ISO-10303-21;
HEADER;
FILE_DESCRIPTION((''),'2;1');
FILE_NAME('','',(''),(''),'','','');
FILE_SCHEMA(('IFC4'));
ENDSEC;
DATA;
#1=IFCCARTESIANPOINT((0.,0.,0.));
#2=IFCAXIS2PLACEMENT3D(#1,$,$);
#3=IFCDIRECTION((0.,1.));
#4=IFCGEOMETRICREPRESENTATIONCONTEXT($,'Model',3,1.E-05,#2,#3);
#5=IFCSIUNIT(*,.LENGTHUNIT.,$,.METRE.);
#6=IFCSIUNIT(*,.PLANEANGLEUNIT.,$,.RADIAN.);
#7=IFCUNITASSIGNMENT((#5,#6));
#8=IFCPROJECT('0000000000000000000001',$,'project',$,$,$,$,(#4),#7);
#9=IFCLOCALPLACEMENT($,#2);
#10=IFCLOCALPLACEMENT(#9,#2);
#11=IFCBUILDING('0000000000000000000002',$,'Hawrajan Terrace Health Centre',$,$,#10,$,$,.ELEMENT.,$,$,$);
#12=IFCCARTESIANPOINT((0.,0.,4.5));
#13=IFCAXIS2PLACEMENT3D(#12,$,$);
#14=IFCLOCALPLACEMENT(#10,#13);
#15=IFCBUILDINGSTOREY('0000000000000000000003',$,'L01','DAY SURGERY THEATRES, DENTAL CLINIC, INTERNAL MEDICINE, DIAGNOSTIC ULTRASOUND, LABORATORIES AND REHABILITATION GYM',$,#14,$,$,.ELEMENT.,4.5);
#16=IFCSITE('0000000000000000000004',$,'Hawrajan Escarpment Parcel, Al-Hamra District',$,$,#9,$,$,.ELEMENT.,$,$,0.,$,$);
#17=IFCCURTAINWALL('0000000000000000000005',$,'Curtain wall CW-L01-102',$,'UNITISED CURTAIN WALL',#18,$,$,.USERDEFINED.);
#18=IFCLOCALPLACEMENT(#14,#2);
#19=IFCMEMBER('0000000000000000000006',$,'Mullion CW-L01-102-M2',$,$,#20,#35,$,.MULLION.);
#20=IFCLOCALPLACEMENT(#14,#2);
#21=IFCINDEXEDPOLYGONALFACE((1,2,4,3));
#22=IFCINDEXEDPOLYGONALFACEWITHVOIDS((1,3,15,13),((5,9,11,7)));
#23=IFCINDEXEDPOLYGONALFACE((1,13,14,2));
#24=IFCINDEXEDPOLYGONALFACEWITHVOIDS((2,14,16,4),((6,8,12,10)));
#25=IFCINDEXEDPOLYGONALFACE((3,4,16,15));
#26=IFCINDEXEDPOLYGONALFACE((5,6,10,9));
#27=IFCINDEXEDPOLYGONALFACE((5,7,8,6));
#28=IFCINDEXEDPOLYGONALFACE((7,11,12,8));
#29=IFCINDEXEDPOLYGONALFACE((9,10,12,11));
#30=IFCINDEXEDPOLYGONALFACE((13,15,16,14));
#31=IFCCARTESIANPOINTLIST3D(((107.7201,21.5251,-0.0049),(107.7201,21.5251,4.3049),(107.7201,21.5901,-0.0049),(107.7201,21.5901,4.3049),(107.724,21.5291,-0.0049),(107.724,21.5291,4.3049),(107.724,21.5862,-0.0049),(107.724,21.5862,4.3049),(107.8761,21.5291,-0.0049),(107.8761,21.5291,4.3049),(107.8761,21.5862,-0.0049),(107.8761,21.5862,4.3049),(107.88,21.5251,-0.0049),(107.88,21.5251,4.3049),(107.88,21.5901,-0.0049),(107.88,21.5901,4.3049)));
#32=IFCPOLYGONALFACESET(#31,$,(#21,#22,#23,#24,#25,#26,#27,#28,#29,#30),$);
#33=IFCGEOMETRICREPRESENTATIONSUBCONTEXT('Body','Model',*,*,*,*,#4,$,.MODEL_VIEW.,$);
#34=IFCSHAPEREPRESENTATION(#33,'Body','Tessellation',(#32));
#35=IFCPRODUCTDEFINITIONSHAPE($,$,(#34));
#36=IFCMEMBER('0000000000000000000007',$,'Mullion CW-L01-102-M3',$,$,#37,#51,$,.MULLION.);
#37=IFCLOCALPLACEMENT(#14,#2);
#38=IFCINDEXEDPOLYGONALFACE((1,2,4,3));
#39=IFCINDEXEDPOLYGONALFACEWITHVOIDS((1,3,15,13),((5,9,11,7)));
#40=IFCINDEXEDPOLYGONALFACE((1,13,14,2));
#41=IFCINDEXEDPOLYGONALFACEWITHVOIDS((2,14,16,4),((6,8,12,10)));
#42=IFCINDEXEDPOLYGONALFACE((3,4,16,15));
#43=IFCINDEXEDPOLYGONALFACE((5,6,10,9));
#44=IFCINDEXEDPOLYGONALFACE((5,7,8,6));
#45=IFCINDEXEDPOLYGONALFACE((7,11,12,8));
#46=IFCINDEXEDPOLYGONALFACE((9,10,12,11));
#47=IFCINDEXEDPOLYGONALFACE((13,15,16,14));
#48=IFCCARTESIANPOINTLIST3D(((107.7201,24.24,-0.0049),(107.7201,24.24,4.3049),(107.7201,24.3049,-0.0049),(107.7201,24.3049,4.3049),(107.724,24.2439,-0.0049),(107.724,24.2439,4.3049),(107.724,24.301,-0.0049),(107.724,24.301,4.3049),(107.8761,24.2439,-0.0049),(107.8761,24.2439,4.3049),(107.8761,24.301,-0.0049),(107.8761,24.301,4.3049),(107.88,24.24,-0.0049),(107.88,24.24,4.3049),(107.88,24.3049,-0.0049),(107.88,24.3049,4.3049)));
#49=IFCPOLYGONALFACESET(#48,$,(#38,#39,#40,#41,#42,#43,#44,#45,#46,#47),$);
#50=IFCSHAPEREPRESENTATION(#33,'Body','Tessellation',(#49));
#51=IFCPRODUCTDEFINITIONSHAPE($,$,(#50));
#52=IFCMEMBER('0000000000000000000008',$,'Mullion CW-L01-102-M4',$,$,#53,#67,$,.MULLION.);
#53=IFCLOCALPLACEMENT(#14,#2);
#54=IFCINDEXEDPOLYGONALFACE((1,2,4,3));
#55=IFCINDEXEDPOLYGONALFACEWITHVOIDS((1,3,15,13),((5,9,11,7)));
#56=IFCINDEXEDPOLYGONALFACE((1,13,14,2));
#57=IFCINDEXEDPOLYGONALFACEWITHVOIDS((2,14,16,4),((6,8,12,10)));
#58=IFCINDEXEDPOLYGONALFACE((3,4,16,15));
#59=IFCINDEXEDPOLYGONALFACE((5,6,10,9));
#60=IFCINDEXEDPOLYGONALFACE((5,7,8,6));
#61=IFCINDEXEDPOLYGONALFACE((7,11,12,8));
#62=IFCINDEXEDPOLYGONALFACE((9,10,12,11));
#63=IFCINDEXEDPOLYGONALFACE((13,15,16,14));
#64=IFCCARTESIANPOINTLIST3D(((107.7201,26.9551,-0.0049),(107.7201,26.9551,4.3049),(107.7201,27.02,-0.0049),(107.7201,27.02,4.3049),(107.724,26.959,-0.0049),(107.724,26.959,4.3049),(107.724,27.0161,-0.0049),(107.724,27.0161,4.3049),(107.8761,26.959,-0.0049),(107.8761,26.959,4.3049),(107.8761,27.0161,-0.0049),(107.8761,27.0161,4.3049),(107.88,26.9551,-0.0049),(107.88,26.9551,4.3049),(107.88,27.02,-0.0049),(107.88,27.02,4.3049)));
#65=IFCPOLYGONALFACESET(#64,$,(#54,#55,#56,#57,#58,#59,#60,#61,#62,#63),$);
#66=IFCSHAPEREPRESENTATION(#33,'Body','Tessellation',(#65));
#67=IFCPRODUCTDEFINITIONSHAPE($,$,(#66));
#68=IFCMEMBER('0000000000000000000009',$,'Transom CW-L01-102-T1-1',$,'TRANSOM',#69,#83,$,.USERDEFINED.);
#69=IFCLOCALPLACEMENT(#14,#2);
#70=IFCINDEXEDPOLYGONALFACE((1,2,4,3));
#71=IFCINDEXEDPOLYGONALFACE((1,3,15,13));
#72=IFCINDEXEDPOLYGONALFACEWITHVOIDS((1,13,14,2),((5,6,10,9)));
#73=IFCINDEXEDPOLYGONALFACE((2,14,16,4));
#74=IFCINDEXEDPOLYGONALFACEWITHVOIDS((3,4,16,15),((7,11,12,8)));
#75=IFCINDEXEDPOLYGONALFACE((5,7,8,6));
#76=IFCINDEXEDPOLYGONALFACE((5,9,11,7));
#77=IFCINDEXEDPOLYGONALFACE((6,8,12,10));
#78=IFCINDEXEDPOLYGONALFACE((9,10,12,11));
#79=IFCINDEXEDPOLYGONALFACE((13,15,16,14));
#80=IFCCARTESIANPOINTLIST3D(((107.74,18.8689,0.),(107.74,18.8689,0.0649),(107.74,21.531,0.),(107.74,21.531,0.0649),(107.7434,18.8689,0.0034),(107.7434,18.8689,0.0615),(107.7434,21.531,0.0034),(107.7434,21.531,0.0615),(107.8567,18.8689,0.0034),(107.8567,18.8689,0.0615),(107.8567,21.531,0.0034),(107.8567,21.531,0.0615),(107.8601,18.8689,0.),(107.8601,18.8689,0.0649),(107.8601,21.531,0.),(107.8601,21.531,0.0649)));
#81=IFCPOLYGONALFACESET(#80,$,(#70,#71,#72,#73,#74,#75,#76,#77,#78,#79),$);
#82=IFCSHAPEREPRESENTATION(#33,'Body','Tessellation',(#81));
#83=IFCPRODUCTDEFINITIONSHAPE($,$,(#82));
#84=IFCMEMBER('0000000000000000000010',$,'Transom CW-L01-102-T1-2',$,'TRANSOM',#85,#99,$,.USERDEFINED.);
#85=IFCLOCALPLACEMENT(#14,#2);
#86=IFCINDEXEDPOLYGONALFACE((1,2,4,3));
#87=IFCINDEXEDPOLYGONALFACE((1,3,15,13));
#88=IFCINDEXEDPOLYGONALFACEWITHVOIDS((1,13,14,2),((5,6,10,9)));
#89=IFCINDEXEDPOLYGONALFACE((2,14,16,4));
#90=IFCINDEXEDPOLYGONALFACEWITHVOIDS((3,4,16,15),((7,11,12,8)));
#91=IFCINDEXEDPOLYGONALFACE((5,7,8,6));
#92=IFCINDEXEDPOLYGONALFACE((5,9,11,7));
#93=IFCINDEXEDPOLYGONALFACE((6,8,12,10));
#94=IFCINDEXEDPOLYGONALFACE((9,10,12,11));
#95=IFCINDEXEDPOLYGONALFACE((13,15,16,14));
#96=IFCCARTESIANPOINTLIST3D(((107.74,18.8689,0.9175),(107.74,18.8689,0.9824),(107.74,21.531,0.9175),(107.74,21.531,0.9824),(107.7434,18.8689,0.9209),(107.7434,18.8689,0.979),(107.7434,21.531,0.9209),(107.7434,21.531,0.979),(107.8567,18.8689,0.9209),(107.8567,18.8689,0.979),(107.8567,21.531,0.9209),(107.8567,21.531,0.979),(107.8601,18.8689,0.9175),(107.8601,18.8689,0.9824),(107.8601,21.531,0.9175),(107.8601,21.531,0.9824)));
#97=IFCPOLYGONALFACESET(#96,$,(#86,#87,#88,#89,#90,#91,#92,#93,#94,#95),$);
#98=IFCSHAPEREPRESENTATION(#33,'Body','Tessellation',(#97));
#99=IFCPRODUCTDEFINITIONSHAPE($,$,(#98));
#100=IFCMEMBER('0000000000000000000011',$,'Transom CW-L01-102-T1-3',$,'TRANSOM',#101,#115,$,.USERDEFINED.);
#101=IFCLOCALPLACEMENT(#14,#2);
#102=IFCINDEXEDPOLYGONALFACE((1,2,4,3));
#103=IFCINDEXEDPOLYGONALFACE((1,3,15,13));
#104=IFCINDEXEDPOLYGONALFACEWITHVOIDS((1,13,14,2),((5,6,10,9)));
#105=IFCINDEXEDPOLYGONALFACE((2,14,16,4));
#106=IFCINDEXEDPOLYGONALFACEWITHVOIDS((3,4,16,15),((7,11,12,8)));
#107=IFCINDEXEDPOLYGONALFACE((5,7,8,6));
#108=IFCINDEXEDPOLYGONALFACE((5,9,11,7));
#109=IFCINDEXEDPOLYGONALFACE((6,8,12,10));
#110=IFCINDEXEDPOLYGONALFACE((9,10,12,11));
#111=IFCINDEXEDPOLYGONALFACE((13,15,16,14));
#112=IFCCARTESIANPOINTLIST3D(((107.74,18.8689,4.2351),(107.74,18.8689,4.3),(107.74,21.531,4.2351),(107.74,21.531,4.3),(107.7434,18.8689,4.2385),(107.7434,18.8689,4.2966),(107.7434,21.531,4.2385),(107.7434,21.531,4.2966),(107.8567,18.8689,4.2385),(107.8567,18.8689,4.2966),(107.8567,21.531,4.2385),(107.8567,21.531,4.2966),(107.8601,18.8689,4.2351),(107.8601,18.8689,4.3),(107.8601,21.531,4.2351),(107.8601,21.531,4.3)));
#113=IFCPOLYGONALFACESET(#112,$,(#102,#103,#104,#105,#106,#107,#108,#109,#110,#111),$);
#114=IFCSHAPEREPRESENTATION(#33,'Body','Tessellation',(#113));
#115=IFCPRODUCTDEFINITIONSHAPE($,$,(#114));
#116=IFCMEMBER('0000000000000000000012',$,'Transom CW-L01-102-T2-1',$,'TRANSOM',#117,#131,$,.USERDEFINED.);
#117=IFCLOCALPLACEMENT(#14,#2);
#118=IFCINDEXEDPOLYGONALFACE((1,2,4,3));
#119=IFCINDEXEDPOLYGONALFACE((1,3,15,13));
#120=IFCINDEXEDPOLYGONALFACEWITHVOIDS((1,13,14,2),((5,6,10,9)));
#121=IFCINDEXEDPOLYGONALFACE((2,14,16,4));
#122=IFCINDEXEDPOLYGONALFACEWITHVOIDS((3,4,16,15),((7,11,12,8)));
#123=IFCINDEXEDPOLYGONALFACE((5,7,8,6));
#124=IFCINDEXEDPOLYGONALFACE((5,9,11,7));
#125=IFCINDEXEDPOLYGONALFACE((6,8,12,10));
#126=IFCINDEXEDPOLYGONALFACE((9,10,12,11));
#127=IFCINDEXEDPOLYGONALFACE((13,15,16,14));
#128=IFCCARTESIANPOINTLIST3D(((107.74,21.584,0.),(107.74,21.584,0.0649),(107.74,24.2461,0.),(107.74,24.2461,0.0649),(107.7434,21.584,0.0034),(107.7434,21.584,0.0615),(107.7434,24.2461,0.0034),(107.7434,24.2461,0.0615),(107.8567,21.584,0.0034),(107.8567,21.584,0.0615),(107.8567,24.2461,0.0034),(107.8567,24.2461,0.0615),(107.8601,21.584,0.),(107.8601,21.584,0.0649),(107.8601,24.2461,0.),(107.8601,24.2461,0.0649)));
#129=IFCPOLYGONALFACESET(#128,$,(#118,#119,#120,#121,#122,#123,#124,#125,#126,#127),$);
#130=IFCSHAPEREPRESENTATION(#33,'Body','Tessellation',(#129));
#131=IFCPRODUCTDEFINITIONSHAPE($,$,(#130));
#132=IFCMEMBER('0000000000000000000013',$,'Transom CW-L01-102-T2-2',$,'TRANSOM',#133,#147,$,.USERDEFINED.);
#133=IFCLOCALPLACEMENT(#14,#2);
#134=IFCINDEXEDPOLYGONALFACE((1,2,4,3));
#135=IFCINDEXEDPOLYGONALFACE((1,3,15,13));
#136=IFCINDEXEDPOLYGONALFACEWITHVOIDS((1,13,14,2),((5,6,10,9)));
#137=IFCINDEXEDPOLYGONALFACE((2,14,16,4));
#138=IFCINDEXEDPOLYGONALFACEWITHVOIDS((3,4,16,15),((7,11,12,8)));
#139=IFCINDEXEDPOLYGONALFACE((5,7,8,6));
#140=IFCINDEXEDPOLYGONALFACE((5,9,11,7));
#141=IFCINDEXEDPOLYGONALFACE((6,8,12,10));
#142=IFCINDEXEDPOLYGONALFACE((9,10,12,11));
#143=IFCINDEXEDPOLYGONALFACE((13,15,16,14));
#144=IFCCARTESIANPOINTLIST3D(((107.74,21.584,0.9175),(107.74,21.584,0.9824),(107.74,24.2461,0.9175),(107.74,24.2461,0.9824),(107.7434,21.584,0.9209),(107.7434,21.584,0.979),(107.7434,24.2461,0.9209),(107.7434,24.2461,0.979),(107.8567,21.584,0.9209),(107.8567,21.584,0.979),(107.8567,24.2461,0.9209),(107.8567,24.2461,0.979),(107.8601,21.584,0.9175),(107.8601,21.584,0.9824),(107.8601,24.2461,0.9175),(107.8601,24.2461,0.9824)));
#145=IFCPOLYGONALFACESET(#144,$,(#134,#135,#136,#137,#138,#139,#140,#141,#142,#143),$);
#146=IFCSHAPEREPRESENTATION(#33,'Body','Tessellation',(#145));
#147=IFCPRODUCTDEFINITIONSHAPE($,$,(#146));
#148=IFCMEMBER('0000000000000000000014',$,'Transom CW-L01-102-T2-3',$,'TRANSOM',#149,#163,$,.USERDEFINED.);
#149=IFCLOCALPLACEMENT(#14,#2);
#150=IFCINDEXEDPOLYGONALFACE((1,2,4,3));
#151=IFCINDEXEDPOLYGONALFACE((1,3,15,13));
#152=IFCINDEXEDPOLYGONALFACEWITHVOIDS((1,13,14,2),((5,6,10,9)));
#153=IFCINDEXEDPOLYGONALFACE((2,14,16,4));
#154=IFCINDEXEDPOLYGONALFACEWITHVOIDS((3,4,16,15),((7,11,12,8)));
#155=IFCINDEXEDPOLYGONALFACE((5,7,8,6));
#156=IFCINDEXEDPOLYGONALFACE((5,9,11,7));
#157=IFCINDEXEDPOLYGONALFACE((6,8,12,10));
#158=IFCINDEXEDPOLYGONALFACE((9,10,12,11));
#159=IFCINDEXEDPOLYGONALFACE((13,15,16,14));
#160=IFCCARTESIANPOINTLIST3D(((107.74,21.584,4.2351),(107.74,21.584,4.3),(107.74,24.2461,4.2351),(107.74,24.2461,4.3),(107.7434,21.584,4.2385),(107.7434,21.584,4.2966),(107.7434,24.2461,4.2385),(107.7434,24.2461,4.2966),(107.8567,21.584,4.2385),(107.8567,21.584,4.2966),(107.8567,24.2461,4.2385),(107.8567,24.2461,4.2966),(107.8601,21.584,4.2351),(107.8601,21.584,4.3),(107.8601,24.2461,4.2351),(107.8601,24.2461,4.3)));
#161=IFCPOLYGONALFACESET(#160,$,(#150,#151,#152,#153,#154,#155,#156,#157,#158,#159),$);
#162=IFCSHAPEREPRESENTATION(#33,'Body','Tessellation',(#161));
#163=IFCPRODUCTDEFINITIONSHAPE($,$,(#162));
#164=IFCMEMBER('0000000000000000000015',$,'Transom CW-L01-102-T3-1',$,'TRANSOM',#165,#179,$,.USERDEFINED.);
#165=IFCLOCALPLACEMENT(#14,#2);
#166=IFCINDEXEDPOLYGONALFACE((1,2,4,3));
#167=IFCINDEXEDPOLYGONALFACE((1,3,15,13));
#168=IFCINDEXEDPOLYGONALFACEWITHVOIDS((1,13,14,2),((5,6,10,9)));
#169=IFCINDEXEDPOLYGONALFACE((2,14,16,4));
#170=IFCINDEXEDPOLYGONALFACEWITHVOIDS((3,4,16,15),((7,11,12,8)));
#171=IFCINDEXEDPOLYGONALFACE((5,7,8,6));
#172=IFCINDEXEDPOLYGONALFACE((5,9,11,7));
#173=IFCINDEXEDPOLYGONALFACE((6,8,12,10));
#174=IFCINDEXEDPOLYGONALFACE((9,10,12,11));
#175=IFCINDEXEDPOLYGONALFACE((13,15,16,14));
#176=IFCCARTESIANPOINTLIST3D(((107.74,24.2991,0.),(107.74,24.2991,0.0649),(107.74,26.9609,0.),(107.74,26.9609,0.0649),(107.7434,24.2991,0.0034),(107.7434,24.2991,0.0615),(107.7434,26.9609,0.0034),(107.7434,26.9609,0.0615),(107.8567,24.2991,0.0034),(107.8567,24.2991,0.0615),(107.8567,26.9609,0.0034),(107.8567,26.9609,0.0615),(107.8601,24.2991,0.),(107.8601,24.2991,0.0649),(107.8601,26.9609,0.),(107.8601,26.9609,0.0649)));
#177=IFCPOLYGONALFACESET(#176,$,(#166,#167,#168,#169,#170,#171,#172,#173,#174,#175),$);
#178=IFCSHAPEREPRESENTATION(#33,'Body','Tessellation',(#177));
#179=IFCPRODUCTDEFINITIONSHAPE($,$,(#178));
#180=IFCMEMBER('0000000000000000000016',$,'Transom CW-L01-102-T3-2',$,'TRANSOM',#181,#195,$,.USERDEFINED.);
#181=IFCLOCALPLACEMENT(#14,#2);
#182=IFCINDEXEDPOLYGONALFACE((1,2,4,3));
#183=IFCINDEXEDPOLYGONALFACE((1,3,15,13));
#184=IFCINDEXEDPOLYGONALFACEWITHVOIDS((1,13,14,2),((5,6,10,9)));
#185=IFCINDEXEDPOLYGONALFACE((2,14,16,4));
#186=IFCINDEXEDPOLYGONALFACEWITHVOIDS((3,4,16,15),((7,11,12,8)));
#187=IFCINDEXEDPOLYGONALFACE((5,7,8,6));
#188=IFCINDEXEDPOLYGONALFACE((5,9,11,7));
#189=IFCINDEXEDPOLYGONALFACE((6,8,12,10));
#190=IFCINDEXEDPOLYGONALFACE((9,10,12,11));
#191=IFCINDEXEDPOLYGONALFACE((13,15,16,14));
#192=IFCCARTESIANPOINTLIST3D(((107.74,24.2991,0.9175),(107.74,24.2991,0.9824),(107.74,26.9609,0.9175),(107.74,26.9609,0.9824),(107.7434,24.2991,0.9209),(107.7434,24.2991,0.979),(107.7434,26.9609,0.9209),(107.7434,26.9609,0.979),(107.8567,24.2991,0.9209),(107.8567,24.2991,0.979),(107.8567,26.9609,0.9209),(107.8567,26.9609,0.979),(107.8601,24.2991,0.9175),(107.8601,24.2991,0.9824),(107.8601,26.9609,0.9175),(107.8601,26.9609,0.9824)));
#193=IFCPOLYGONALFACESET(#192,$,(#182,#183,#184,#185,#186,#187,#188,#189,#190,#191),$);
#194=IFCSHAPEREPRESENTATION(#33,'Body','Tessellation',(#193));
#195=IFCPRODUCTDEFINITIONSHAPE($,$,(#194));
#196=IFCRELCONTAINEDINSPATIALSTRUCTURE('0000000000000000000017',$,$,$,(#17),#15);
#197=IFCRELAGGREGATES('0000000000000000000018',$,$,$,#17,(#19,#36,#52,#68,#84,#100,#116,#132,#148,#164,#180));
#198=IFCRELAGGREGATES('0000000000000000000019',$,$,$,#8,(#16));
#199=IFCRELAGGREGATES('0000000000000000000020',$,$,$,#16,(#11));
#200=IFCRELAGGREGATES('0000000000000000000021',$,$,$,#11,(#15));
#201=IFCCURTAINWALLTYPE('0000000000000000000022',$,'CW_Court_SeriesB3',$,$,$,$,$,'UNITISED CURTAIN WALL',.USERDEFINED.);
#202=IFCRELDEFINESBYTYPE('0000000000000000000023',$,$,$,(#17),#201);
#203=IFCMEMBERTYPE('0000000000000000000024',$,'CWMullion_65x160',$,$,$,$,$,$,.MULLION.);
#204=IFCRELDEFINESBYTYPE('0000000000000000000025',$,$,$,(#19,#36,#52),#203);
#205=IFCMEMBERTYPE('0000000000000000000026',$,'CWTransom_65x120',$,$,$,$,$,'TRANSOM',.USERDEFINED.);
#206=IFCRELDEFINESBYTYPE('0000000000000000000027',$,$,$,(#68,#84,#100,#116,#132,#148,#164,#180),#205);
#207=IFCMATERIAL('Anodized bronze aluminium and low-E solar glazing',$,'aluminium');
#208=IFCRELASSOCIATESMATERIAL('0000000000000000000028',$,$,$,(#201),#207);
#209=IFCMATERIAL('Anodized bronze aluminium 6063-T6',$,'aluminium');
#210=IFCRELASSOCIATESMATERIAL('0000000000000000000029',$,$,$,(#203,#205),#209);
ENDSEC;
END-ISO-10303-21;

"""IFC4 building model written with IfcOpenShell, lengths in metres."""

from ifc_helpers import new_model, si_unit, direction, frame, origin, origin_2d, place, context, subcontext, project, spatial, hollow_rectangle, extrude, material, material_profile, profile_set, type_object, element, aggregate, save


model = new_model("IFC4")

# Units and contexts
model_context = context("Model", 3, precision=1e-05, world=origin(), true_north=direction((0.0, 1.0)))
body_context = subcontext(model_context, "Body", "Model", "MODEL_VIEW")
ifc_project = project(units=[si_unit("LENGTHUNIT", "METRE"), si_unit("PLANEANGLEUNIT", "RADIAN")], contexts=[model_context])

# Site, building, storey
site_placement = place(None, origin())
site = spatial("IfcSite", under=ifc_project, at=site_placement, Name="Hawrajan Escarpment Parcel, Al-Hamra District", CompositionType="ELEMENT", RefElevation=0.0)
building_placement = place(site_placement, origin())
building = spatial("IfcBuilding", under=site, at=building_placement, Name="Hawrajan Terrace Health Centre", CompositionType="ELEMENT")
storey_placement = place(building_placement, frame((0.0, 0.0, 4.5)))
storey = spatial("IfcBuildingStorey", under=building, at=storey_placement, Name="L01", Description="DAY SURGERY THEATRES, DENTAL CLINIC, INTERNAL MEDICINE, DIAGNOSTIC ULTRASOUND, LABORATORIES AND REHABILITATION GYM", CompositionType="ELEMENT", Elevation=4.5)

# Curtain wall, members
ifc_material_1 = material(Name="Anodized bronze aluminium and low-E solar glazing", Category="aluminium")
curtain_wall_type = type_object("IfcCurtainWallType", Name="CW_Court_SeriesB3", ElementType="UNITISED CURTAIN WALL", PredefinedType="USERDEFINED", material=ifc_material_1)
curtain_wall_placement = place(storey_placement, origin())
curtain_wall = element("IfcCurtainWall", 1, at=curtain_wall_placement, inside=storey, type_object=curtain_wall_type, Name="Curtain wall CW-L01-102", ObjectType="UNITISED CURTAIN WALL", PredefinedType="USERDEFINED")
ifc_material_2 = material(Name="Anodized bronze aluminium 6063-T6", Category="aluminium")
ifc_material_profile_1 = material_profile(ifc_material_2, hollow_rectangle(XDim=0.0649, YDim=0.1599, WallThickness=0.0039, at=origin_2d()), Name="CW MUL 65x160")
ifc_profile_set_1 = profile_set([ifc_material_profile_1], Name="Anodized bronze aluminium 6063-T6")
member_type_1 = type_object("IfcMemberType", Name="CWMullion_65x160", PredefinedType="MULLION", material=ifc_profile_set_1)
member_1_placement = place(storey_placement, frame((107.8, 21.5576, -0.0049), z_axis=(0.0, 0.0, 1.0), x_axis=(0.0, 1.0, 0.0)))
member_1 = element("IfcMember", 2, at=member_1_placement, type_object=member_type_1, Name="Mullion CW-L01-102-M2", PredefinedType="MULLION", context=body_context, shape_type="SweptSolid", body=[
    extrude(hollow_rectangle(XDim=0.0649, YDim=0.1599, WallThickness=0.0039, at=origin_2d()), origin(), (0.0, 0.0, 1.0), 4.3098),
])
member_2_placement = place(storey_placement, frame((107.8, 24.2725, -0.0049), z_axis=(0.0, 0.0, 1.0), x_axis=(0.0, 1.0, 0.0)))
member_2 = element("IfcMember", 3, at=member_2_placement, type_object=member_type_1, Name="Mullion CW-L01-102-M3", PredefinedType="MULLION", context=body_context, shape_type="SweptSolid", body=[
    extrude(hollow_rectangle(XDim=0.0649, YDim=0.1599, WallThickness=0.0039, at=origin_2d()), origin(), (0.0, 0.0, 1.0), 4.3098),
])
member_3_placement = place(storey_placement, frame((107.8, 26.9875, -0.0049), z_axis=(0.0, 0.0, 1.0), x_axis=(0.0, 1.0, 0.0)))
member_3 = element("IfcMember", 4, at=member_3_placement, type_object=member_type_1, Name="Mullion CW-L01-102-M4", PredefinedType="MULLION", context=body_context, shape_type="SweptSolid", body=[
    extrude(hollow_rectangle(XDim=0.0649, YDim=0.1599, WallThickness=0.0039, at=origin_2d()), origin(), (0.0, 0.0, 1.0), 4.3098),
])
ifc_material_profile_2 = material_profile(ifc_material_2, hollow_rectangle(XDim=0.0649, YDim=0.1201, WallThickness=0.0034, at=origin_2d()), Name="CW TRN 65x120")
ifc_profile_set_2 = profile_set([ifc_material_profile_2], Name="Anodized bronze aluminium 6063-T6")
member_type_2 = type_object("IfcMemberType", Name="CWTransom_65x120", ElementType="TRANSOM", PredefinedType="USERDEFINED", material=ifc_profile_set_2)
member_4_placement = place(storey_placement, frame((107.8, 18.8689, 0.0325), z_axis=(0.0, 1.0, 0.0), x_axis=(0.0, 0.0, 1.0)))
member_4 = element("IfcMember", 5, at=member_4_placement, type_object=member_type_2, Name="Transom CW-L01-102-T1-1", ObjectType="TRANSOM", PredefinedType="USERDEFINED", context=body_context, shape_type="SweptSolid", body=[
    extrude(hollow_rectangle(XDim=0.0649, YDim=0.1201, WallThickness=0.0034, at=origin_2d()), origin(), (0.0, 0.0, 1.0), 2.6621),
])
member_5_placement = place(storey_placement, frame((107.8, 18.8689, 0.95), z_axis=(0.0, 1.0, 0.0), x_axis=(0.0, 0.0, 1.0)))
member_5 = element("IfcMember", 6, at=member_5_placement, type_object=member_type_2, Name="Transom CW-L01-102-T1-2", ObjectType="TRANSOM", PredefinedType="USERDEFINED", context=body_context, shape_type="SweptSolid", body=[
    extrude(hollow_rectangle(XDim=0.0649, YDim=0.1201, WallThickness=0.0034, at=origin_2d()), origin(), (0.0, 0.0, 1.0), 2.6621),
])
member_6_placement = place(storey_placement, frame((107.8, 18.8689, 4.2676), z_axis=(0.0, 1.0, 0.0), x_axis=(0.0, 0.0, 1.0)))
member_6 = element("IfcMember", 7, at=member_6_placement, type_object=member_type_2, Name="Transom CW-L01-102-T1-3", ObjectType="TRANSOM", PredefinedType="USERDEFINED", context=body_context, shape_type="SweptSolid", body=[
    extrude(hollow_rectangle(XDim=0.0649, YDim=0.1201, WallThickness=0.0034, at=origin_2d()), origin(), (0.0, 0.0, 1.0), 2.6621),
])
member_7_placement = place(storey_placement, frame((107.8, 21.584, 0.0325), z_axis=(0.0, 1.0, 0.0), x_axis=(0.0, 0.0, 1.0)))
member_7 = element("IfcMember", 8, at=member_7_placement, type_object=member_type_2, Name="Transom CW-L01-102-T2-1", ObjectType="TRANSOM", PredefinedType="USERDEFINED", context=body_context, shape_type="SweptSolid", body=[
    extrude(hollow_rectangle(XDim=0.0649, YDim=0.1201, WallThickness=0.0034, at=origin_2d()), origin(), (0.0, 0.0, 1.0), 2.6621),
])
member_8_placement = place(storey_placement, frame((107.8, 21.584, 0.95), z_axis=(0.0, 1.0, 0.0), x_axis=(0.0, 0.0, 1.0)))
member_8 = element("IfcMember", 9, at=member_8_placement, type_object=member_type_2, Name="Transom CW-L01-102-T2-2", ObjectType="TRANSOM", PredefinedType="USERDEFINED", context=body_context, shape_type="SweptSolid", body=[
    extrude(hollow_rectangle(XDim=0.0649, YDim=0.1201, WallThickness=0.0034, at=origin_2d()), origin(), (0.0, 0.0, 1.0), 2.6621),
])
member_9_placement = place(storey_placement, frame((107.8, 21.584, 4.2676), z_axis=(0.0, 1.0, 0.0), x_axis=(0.0, 0.0, 1.0)))
member_9 = element("IfcMember", 10, at=member_9_placement, type_object=member_type_2, Name="Transom CW-L01-102-T2-3", ObjectType="TRANSOM", PredefinedType="USERDEFINED", context=body_context, shape_type="SweptSolid", body=[
    extrude(hollow_rectangle(XDim=0.0649, YDim=0.1201, WallThickness=0.0034, at=origin_2d()), origin(), (0.0, 0.0, 1.0), 2.6621),
])
member_10_placement = place(storey_placement, frame((107.8, 24.2991, 0.0325), z_axis=(0.0, 1.0, 0.0), x_axis=(0.0, 0.0, 1.0)))
member_10 = element("IfcMember", 11, at=member_10_placement, type_object=member_type_2, Name="Transom CW-L01-102-T3-1", ObjectType="TRANSOM", PredefinedType="USERDEFINED", context=body_context, shape_type="SweptSolid", body=[
    extrude(hollow_rectangle(XDim=0.0649, YDim=0.1201, WallThickness=0.0034, at=origin_2d()), origin(), (0.0, 0.0, 1.0), 2.6619),
])
member_11_placement = place(storey_placement, frame((107.8, 24.2991, 0.95), z_axis=(0.0, 1.0, 0.0), x_axis=(0.0, 0.0, 1.0)))
member_11 = element("IfcMember", 12, at=member_11_placement, type_object=member_type_2, Name="Transom CW-L01-102-T3-2", ObjectType="TRANSOM", PredefinedType="USERDEFINED", context=body_context, shape_type="SweptSolid", body=[
    extrude(hollow_rectangle(XDim=0.0649, YDim=0.1201, WallThickness=0.0034, at=origin_2d()), origin(), (0.0, 0.0, 1.0), 2.6619),
])

aggregate(curtain_wall, [member_1, member_2, member_3, member_4, member_5, member_6, member_7, member_8, member_9, member_10, member_11])

save(model, "model.ifc")
